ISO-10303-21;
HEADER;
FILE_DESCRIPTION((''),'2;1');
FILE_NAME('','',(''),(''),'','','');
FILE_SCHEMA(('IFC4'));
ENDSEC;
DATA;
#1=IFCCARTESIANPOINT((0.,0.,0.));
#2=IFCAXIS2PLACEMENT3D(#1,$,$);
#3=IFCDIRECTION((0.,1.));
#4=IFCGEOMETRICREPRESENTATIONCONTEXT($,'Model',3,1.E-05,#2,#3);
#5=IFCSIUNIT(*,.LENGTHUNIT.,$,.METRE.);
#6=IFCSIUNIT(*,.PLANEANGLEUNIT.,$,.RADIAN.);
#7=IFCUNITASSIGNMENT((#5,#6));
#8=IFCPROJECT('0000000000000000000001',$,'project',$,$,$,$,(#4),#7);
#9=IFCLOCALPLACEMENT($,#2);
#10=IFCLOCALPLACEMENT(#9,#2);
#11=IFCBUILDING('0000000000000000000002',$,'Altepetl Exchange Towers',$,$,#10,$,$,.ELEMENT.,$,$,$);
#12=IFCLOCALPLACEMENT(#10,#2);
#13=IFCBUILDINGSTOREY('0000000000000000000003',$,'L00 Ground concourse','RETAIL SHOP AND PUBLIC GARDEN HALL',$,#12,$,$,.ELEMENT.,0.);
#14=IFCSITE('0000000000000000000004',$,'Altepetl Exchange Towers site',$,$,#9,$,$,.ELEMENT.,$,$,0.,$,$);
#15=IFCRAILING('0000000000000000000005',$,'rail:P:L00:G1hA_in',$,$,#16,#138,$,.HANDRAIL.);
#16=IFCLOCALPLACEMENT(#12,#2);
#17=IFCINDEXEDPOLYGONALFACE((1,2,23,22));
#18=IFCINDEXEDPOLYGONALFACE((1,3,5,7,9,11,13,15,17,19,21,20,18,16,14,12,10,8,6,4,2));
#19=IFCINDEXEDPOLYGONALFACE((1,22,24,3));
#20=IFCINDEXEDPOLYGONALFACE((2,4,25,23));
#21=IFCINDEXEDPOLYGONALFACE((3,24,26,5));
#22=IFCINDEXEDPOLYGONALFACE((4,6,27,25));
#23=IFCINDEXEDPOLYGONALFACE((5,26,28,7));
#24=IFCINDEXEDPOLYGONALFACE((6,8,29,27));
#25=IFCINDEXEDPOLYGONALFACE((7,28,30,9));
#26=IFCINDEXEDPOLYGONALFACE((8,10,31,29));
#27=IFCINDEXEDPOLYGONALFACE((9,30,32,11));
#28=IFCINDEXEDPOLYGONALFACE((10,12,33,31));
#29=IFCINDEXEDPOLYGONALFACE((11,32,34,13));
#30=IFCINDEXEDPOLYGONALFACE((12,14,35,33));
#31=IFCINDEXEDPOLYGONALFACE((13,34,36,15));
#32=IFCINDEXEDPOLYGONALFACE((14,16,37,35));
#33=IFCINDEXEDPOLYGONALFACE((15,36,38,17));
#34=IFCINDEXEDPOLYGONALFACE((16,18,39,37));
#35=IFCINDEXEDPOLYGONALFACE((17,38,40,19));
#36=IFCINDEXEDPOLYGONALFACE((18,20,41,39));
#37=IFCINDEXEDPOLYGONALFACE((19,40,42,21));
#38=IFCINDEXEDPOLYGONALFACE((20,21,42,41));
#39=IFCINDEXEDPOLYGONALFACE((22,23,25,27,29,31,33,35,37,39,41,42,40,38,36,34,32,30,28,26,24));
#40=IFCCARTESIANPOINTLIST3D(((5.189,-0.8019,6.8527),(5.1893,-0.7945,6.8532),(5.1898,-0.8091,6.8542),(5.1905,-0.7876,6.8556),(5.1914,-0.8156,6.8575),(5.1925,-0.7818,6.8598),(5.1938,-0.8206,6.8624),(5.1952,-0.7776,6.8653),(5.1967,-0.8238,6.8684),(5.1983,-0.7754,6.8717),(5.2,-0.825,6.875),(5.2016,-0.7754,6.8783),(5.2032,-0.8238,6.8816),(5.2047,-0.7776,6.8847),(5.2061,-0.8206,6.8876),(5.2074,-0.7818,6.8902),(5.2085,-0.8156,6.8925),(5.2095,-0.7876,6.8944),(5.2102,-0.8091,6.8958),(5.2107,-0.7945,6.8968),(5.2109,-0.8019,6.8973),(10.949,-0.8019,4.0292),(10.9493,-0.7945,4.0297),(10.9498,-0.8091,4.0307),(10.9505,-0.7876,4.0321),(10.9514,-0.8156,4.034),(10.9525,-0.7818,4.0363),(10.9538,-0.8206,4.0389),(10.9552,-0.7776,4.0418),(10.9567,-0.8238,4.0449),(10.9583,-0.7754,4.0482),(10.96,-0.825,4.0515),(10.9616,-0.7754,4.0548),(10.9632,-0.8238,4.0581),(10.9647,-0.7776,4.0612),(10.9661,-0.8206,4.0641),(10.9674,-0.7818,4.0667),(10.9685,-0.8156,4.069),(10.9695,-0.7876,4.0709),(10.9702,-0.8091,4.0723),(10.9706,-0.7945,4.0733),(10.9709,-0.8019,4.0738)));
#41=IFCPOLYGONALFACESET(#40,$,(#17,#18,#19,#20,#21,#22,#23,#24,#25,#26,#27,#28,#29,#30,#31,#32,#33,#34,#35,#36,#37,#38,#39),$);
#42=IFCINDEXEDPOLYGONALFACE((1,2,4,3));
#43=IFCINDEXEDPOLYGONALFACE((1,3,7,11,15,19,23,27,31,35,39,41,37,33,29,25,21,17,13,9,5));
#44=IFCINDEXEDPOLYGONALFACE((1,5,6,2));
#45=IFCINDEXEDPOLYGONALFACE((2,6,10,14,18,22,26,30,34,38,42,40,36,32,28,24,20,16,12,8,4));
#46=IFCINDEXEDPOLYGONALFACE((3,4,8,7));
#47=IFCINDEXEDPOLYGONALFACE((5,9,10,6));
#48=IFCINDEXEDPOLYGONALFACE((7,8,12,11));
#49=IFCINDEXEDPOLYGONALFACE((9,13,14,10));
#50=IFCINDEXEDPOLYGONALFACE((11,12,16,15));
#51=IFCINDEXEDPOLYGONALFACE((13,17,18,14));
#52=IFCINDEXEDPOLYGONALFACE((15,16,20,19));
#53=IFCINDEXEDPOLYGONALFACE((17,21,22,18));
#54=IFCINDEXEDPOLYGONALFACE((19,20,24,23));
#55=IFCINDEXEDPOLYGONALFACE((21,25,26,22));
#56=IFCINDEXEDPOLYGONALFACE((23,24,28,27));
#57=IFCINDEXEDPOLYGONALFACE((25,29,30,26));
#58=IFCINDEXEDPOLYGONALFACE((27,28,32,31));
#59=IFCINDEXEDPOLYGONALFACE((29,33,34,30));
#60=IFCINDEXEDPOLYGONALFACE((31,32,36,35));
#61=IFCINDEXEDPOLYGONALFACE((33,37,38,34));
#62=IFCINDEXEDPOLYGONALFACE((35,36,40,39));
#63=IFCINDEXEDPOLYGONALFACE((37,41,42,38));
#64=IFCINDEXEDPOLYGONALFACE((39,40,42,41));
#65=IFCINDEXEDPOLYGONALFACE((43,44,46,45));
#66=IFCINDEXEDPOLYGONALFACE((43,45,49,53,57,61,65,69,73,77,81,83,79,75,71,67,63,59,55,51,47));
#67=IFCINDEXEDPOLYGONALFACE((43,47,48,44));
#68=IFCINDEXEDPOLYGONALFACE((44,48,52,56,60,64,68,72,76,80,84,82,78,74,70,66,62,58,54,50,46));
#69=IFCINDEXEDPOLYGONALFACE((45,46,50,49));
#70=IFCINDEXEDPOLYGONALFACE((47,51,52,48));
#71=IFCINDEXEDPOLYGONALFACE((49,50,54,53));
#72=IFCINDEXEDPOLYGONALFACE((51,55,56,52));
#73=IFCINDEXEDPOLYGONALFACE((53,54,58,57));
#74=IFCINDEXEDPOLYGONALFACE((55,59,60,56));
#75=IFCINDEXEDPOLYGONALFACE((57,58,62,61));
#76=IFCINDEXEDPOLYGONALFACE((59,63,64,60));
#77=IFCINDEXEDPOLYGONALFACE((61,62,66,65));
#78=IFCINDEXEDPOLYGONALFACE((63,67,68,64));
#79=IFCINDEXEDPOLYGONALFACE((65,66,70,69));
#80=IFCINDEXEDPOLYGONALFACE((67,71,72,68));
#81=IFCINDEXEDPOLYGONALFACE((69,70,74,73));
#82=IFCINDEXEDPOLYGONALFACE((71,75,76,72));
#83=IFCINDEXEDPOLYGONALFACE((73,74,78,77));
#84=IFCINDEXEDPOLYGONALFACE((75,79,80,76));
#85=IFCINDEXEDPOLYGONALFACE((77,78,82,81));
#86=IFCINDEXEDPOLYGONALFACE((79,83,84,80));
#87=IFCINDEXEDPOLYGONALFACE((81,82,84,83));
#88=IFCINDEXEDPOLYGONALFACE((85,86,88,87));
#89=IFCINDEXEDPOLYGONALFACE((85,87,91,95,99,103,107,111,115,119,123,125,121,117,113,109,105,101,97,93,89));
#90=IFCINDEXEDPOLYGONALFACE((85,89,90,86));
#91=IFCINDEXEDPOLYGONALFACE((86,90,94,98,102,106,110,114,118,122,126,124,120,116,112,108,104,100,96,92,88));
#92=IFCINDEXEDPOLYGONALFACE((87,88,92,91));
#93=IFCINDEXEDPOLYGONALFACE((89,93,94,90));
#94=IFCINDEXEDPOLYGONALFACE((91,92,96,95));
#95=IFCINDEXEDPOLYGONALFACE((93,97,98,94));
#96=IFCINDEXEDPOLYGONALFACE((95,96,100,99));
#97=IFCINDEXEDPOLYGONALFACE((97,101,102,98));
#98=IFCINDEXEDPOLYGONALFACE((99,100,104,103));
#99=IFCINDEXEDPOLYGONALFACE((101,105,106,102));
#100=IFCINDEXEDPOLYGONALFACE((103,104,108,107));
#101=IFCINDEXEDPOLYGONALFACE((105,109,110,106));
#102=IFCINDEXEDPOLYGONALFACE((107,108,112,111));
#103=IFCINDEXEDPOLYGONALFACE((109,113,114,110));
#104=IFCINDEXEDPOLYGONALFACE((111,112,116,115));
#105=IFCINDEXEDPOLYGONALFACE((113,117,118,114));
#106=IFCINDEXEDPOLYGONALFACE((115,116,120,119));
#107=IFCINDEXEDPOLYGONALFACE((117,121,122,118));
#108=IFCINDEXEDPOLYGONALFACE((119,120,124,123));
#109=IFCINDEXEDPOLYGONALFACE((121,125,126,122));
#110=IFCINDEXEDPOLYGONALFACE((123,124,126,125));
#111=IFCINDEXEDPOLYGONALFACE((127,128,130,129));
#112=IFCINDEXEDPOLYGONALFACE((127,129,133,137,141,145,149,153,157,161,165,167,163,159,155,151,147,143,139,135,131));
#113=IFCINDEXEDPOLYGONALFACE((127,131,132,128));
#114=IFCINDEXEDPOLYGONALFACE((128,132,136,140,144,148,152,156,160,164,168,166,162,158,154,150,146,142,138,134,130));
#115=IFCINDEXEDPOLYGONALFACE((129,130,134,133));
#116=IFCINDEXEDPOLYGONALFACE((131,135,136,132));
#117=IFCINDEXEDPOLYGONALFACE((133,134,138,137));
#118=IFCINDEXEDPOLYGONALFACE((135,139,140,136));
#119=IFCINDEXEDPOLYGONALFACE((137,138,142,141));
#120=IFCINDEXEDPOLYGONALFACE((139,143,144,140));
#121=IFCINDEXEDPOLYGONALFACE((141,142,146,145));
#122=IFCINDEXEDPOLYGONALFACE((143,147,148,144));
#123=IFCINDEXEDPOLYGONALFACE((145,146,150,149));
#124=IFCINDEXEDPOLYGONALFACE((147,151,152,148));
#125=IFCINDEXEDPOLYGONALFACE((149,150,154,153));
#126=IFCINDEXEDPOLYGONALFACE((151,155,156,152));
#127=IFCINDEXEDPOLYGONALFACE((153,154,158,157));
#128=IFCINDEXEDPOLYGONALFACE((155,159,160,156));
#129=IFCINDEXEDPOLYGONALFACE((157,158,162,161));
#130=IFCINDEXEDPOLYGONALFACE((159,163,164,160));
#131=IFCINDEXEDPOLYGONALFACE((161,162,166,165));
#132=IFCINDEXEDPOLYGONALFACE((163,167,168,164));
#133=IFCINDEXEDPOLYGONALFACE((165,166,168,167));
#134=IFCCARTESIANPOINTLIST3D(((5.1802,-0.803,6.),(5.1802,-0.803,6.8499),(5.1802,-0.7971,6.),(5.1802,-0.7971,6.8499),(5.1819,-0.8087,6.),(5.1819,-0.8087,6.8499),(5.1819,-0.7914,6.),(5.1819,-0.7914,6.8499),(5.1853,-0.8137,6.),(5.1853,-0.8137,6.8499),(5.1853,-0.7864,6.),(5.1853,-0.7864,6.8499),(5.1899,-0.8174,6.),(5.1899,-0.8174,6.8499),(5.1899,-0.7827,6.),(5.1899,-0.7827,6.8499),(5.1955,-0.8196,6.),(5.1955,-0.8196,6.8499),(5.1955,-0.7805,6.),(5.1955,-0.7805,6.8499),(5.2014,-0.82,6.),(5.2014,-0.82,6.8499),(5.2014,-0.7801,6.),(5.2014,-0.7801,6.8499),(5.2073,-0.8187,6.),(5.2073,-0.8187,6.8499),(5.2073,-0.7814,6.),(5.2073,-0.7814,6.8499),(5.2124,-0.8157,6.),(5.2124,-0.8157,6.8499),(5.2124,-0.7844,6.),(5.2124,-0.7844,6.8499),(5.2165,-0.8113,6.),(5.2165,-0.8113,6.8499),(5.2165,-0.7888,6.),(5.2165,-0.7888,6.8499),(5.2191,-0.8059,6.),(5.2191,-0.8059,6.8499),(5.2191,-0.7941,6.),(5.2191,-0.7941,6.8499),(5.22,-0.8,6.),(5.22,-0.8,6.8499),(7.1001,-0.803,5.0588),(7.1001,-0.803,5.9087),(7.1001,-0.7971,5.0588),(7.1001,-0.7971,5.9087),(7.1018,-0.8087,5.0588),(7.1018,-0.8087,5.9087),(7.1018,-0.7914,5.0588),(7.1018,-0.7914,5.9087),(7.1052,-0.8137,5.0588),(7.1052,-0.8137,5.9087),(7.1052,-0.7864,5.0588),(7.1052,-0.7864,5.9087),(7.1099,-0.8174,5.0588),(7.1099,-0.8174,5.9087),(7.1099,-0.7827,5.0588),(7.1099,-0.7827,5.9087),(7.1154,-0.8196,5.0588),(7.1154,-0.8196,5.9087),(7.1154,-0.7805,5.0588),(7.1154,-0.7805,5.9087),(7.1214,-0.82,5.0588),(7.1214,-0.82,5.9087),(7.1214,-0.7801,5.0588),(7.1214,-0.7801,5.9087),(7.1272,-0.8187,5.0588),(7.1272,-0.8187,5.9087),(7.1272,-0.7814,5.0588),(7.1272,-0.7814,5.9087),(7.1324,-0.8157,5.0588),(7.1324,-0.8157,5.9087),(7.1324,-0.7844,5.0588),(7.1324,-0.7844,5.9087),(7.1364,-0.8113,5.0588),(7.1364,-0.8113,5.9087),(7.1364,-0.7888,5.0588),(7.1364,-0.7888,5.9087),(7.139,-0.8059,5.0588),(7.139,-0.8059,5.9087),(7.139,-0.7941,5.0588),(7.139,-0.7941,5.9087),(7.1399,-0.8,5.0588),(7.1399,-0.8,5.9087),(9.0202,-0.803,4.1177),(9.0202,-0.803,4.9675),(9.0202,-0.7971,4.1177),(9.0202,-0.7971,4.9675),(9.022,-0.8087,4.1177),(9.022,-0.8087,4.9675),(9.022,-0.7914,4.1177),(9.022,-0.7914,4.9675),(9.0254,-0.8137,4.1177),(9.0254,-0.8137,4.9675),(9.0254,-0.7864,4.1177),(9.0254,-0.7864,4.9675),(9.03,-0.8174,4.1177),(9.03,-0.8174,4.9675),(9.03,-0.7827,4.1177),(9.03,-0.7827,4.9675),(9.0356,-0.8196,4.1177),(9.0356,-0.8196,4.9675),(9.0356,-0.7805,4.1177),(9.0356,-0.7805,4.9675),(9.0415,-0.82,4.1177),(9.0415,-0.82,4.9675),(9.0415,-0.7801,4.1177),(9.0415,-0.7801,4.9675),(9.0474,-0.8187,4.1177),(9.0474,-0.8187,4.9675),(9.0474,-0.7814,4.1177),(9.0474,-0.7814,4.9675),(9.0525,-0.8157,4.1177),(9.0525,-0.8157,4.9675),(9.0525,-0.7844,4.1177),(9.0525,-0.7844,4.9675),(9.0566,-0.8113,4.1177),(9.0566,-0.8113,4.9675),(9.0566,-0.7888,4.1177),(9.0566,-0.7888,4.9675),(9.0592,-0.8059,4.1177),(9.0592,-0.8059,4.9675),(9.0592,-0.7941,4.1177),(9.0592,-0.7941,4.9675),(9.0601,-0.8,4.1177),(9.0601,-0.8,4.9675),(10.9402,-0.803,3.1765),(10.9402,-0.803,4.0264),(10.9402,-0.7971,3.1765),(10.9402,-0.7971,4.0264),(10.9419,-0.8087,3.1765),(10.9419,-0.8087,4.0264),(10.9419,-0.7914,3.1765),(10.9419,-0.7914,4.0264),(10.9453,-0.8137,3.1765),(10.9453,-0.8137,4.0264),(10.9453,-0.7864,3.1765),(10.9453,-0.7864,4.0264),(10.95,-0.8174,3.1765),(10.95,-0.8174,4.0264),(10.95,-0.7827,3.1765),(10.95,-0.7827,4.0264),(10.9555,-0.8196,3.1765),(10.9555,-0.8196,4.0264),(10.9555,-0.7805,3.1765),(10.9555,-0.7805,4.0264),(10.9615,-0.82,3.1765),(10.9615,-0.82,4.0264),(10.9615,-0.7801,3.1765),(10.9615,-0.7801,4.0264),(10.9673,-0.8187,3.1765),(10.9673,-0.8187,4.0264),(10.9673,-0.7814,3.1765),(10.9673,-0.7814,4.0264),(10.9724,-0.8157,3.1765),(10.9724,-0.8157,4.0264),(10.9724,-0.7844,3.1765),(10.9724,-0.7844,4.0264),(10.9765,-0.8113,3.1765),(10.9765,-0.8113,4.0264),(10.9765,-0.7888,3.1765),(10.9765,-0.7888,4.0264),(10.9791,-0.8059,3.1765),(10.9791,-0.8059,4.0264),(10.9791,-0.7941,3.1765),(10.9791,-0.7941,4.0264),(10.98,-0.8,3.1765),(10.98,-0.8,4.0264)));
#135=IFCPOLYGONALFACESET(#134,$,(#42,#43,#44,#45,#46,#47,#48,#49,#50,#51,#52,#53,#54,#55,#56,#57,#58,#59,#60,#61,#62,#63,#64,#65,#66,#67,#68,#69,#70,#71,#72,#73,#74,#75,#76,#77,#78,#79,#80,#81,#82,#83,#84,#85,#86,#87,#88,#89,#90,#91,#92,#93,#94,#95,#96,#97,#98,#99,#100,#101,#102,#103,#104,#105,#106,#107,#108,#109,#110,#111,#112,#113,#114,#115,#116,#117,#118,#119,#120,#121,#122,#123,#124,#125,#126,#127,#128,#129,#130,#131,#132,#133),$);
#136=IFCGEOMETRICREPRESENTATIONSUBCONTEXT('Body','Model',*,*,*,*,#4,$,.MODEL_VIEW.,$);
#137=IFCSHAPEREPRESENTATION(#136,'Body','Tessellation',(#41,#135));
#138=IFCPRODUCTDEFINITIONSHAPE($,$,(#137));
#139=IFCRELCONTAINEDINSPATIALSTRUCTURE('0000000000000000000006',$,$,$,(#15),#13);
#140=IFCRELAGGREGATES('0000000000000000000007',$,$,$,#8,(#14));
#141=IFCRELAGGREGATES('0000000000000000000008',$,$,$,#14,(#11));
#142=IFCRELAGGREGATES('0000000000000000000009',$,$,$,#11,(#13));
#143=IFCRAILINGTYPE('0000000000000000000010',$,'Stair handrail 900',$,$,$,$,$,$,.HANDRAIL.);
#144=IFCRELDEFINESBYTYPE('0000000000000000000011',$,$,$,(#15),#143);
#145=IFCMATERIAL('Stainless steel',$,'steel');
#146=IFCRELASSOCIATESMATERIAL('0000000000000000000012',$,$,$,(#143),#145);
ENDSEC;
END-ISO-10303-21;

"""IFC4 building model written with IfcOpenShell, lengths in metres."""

from ifc_helpers import new_model, si_unit, direction, frame, origin, origin_2d, place, context, subcontext, project, spatial, circle, extrude, source, transform, mapped, material, type_object, element, save


model = new_model("IFC4")

# Units and contexts
model_context = context("Model", 3, precision=1e-05, world=origin(), true_north=direction((0.0, 1.0)))
body_context = subcontext(model_context, "Body", "Model", "MODEL_VIEW")
ifc_project = project(units=[si_unit("LENGTHUNIT", "METRE"), si_unit("PLANEANGLEUNIT", "RADIAN")], contexts=[model_context])

# Site, building, storey
site_placement = place(None, origin())
site = spatial("IfcSite", under=ifc_project, at=site_placement, Name="Altepetl Exchange Towers site", CompositionType="ELEMENT", RefElevation=0.0)
building_placement = place(site_placement, origin())
building = spatial("IfcBuilding", under=site, at=building_placement, Name="Altepetl Exchange Towers", CompositionType="ELEMENT")
storey_placement = place(building_placement, origin())
storey = spatial("IfcBuildingStorey", under=building, at=storey_placement, Name="L00 Ground concourse", Description="RETAIL SHOP AND PUBLIC GARDEN HALL", CompositionType="ELEMENT", Elevation=0.0)

# Railing
ifc_material_1 = material(Name="Stainless steel", Category="steel")
railing_type_1 = type_object("IfcRailingType", Name="Stair handrail 900", PredefinedType="HANDRAIL", material=ifc_material_1)
shared_shape_1 = source(origin(), body_context, "Body", "SweptSolid", [
    extrude(circle(Radius=0.02, at=origin_2d()), origin(), (0.0, 0.0, 1.0), 0.8499),
])
for number, where, name in (
    (1, (10.96, -0.8, 3.1765), "rail:P:L00:G1hA_in"),
):
    element("IfcRailing", number, at=place(storey_placement, frame(where)), inside=storey, type_object=railing_type_1, Name=name, PredefinedType="HANDRAIL", context=body_context, shape_type="SweptSolid", body=[
        extrude(circle(Radius=0.0249, at=origin_2d()), frame((0.0, 0.0, 0.875), z_axis=(-0.897924, 0.0, 0.440151), x_axis=(0.0, -1.0, 0.0)), (0.0, 0.0, 1.0), 6.4148),
        mapped(shared_shape_1, transform((0.0, 0.0, 0.0))),
        mapped(shared_shape_1, transform((-1.9199, 0.0, 0.9412))),
        mapped(shared_shape_1, transform((-3.8401, 0.0, 1.8823))),
        mapped(shared_shape_1, transform((-5.76, 0.0, 2.8235))),
    ])

save(model, "model.ifc")
